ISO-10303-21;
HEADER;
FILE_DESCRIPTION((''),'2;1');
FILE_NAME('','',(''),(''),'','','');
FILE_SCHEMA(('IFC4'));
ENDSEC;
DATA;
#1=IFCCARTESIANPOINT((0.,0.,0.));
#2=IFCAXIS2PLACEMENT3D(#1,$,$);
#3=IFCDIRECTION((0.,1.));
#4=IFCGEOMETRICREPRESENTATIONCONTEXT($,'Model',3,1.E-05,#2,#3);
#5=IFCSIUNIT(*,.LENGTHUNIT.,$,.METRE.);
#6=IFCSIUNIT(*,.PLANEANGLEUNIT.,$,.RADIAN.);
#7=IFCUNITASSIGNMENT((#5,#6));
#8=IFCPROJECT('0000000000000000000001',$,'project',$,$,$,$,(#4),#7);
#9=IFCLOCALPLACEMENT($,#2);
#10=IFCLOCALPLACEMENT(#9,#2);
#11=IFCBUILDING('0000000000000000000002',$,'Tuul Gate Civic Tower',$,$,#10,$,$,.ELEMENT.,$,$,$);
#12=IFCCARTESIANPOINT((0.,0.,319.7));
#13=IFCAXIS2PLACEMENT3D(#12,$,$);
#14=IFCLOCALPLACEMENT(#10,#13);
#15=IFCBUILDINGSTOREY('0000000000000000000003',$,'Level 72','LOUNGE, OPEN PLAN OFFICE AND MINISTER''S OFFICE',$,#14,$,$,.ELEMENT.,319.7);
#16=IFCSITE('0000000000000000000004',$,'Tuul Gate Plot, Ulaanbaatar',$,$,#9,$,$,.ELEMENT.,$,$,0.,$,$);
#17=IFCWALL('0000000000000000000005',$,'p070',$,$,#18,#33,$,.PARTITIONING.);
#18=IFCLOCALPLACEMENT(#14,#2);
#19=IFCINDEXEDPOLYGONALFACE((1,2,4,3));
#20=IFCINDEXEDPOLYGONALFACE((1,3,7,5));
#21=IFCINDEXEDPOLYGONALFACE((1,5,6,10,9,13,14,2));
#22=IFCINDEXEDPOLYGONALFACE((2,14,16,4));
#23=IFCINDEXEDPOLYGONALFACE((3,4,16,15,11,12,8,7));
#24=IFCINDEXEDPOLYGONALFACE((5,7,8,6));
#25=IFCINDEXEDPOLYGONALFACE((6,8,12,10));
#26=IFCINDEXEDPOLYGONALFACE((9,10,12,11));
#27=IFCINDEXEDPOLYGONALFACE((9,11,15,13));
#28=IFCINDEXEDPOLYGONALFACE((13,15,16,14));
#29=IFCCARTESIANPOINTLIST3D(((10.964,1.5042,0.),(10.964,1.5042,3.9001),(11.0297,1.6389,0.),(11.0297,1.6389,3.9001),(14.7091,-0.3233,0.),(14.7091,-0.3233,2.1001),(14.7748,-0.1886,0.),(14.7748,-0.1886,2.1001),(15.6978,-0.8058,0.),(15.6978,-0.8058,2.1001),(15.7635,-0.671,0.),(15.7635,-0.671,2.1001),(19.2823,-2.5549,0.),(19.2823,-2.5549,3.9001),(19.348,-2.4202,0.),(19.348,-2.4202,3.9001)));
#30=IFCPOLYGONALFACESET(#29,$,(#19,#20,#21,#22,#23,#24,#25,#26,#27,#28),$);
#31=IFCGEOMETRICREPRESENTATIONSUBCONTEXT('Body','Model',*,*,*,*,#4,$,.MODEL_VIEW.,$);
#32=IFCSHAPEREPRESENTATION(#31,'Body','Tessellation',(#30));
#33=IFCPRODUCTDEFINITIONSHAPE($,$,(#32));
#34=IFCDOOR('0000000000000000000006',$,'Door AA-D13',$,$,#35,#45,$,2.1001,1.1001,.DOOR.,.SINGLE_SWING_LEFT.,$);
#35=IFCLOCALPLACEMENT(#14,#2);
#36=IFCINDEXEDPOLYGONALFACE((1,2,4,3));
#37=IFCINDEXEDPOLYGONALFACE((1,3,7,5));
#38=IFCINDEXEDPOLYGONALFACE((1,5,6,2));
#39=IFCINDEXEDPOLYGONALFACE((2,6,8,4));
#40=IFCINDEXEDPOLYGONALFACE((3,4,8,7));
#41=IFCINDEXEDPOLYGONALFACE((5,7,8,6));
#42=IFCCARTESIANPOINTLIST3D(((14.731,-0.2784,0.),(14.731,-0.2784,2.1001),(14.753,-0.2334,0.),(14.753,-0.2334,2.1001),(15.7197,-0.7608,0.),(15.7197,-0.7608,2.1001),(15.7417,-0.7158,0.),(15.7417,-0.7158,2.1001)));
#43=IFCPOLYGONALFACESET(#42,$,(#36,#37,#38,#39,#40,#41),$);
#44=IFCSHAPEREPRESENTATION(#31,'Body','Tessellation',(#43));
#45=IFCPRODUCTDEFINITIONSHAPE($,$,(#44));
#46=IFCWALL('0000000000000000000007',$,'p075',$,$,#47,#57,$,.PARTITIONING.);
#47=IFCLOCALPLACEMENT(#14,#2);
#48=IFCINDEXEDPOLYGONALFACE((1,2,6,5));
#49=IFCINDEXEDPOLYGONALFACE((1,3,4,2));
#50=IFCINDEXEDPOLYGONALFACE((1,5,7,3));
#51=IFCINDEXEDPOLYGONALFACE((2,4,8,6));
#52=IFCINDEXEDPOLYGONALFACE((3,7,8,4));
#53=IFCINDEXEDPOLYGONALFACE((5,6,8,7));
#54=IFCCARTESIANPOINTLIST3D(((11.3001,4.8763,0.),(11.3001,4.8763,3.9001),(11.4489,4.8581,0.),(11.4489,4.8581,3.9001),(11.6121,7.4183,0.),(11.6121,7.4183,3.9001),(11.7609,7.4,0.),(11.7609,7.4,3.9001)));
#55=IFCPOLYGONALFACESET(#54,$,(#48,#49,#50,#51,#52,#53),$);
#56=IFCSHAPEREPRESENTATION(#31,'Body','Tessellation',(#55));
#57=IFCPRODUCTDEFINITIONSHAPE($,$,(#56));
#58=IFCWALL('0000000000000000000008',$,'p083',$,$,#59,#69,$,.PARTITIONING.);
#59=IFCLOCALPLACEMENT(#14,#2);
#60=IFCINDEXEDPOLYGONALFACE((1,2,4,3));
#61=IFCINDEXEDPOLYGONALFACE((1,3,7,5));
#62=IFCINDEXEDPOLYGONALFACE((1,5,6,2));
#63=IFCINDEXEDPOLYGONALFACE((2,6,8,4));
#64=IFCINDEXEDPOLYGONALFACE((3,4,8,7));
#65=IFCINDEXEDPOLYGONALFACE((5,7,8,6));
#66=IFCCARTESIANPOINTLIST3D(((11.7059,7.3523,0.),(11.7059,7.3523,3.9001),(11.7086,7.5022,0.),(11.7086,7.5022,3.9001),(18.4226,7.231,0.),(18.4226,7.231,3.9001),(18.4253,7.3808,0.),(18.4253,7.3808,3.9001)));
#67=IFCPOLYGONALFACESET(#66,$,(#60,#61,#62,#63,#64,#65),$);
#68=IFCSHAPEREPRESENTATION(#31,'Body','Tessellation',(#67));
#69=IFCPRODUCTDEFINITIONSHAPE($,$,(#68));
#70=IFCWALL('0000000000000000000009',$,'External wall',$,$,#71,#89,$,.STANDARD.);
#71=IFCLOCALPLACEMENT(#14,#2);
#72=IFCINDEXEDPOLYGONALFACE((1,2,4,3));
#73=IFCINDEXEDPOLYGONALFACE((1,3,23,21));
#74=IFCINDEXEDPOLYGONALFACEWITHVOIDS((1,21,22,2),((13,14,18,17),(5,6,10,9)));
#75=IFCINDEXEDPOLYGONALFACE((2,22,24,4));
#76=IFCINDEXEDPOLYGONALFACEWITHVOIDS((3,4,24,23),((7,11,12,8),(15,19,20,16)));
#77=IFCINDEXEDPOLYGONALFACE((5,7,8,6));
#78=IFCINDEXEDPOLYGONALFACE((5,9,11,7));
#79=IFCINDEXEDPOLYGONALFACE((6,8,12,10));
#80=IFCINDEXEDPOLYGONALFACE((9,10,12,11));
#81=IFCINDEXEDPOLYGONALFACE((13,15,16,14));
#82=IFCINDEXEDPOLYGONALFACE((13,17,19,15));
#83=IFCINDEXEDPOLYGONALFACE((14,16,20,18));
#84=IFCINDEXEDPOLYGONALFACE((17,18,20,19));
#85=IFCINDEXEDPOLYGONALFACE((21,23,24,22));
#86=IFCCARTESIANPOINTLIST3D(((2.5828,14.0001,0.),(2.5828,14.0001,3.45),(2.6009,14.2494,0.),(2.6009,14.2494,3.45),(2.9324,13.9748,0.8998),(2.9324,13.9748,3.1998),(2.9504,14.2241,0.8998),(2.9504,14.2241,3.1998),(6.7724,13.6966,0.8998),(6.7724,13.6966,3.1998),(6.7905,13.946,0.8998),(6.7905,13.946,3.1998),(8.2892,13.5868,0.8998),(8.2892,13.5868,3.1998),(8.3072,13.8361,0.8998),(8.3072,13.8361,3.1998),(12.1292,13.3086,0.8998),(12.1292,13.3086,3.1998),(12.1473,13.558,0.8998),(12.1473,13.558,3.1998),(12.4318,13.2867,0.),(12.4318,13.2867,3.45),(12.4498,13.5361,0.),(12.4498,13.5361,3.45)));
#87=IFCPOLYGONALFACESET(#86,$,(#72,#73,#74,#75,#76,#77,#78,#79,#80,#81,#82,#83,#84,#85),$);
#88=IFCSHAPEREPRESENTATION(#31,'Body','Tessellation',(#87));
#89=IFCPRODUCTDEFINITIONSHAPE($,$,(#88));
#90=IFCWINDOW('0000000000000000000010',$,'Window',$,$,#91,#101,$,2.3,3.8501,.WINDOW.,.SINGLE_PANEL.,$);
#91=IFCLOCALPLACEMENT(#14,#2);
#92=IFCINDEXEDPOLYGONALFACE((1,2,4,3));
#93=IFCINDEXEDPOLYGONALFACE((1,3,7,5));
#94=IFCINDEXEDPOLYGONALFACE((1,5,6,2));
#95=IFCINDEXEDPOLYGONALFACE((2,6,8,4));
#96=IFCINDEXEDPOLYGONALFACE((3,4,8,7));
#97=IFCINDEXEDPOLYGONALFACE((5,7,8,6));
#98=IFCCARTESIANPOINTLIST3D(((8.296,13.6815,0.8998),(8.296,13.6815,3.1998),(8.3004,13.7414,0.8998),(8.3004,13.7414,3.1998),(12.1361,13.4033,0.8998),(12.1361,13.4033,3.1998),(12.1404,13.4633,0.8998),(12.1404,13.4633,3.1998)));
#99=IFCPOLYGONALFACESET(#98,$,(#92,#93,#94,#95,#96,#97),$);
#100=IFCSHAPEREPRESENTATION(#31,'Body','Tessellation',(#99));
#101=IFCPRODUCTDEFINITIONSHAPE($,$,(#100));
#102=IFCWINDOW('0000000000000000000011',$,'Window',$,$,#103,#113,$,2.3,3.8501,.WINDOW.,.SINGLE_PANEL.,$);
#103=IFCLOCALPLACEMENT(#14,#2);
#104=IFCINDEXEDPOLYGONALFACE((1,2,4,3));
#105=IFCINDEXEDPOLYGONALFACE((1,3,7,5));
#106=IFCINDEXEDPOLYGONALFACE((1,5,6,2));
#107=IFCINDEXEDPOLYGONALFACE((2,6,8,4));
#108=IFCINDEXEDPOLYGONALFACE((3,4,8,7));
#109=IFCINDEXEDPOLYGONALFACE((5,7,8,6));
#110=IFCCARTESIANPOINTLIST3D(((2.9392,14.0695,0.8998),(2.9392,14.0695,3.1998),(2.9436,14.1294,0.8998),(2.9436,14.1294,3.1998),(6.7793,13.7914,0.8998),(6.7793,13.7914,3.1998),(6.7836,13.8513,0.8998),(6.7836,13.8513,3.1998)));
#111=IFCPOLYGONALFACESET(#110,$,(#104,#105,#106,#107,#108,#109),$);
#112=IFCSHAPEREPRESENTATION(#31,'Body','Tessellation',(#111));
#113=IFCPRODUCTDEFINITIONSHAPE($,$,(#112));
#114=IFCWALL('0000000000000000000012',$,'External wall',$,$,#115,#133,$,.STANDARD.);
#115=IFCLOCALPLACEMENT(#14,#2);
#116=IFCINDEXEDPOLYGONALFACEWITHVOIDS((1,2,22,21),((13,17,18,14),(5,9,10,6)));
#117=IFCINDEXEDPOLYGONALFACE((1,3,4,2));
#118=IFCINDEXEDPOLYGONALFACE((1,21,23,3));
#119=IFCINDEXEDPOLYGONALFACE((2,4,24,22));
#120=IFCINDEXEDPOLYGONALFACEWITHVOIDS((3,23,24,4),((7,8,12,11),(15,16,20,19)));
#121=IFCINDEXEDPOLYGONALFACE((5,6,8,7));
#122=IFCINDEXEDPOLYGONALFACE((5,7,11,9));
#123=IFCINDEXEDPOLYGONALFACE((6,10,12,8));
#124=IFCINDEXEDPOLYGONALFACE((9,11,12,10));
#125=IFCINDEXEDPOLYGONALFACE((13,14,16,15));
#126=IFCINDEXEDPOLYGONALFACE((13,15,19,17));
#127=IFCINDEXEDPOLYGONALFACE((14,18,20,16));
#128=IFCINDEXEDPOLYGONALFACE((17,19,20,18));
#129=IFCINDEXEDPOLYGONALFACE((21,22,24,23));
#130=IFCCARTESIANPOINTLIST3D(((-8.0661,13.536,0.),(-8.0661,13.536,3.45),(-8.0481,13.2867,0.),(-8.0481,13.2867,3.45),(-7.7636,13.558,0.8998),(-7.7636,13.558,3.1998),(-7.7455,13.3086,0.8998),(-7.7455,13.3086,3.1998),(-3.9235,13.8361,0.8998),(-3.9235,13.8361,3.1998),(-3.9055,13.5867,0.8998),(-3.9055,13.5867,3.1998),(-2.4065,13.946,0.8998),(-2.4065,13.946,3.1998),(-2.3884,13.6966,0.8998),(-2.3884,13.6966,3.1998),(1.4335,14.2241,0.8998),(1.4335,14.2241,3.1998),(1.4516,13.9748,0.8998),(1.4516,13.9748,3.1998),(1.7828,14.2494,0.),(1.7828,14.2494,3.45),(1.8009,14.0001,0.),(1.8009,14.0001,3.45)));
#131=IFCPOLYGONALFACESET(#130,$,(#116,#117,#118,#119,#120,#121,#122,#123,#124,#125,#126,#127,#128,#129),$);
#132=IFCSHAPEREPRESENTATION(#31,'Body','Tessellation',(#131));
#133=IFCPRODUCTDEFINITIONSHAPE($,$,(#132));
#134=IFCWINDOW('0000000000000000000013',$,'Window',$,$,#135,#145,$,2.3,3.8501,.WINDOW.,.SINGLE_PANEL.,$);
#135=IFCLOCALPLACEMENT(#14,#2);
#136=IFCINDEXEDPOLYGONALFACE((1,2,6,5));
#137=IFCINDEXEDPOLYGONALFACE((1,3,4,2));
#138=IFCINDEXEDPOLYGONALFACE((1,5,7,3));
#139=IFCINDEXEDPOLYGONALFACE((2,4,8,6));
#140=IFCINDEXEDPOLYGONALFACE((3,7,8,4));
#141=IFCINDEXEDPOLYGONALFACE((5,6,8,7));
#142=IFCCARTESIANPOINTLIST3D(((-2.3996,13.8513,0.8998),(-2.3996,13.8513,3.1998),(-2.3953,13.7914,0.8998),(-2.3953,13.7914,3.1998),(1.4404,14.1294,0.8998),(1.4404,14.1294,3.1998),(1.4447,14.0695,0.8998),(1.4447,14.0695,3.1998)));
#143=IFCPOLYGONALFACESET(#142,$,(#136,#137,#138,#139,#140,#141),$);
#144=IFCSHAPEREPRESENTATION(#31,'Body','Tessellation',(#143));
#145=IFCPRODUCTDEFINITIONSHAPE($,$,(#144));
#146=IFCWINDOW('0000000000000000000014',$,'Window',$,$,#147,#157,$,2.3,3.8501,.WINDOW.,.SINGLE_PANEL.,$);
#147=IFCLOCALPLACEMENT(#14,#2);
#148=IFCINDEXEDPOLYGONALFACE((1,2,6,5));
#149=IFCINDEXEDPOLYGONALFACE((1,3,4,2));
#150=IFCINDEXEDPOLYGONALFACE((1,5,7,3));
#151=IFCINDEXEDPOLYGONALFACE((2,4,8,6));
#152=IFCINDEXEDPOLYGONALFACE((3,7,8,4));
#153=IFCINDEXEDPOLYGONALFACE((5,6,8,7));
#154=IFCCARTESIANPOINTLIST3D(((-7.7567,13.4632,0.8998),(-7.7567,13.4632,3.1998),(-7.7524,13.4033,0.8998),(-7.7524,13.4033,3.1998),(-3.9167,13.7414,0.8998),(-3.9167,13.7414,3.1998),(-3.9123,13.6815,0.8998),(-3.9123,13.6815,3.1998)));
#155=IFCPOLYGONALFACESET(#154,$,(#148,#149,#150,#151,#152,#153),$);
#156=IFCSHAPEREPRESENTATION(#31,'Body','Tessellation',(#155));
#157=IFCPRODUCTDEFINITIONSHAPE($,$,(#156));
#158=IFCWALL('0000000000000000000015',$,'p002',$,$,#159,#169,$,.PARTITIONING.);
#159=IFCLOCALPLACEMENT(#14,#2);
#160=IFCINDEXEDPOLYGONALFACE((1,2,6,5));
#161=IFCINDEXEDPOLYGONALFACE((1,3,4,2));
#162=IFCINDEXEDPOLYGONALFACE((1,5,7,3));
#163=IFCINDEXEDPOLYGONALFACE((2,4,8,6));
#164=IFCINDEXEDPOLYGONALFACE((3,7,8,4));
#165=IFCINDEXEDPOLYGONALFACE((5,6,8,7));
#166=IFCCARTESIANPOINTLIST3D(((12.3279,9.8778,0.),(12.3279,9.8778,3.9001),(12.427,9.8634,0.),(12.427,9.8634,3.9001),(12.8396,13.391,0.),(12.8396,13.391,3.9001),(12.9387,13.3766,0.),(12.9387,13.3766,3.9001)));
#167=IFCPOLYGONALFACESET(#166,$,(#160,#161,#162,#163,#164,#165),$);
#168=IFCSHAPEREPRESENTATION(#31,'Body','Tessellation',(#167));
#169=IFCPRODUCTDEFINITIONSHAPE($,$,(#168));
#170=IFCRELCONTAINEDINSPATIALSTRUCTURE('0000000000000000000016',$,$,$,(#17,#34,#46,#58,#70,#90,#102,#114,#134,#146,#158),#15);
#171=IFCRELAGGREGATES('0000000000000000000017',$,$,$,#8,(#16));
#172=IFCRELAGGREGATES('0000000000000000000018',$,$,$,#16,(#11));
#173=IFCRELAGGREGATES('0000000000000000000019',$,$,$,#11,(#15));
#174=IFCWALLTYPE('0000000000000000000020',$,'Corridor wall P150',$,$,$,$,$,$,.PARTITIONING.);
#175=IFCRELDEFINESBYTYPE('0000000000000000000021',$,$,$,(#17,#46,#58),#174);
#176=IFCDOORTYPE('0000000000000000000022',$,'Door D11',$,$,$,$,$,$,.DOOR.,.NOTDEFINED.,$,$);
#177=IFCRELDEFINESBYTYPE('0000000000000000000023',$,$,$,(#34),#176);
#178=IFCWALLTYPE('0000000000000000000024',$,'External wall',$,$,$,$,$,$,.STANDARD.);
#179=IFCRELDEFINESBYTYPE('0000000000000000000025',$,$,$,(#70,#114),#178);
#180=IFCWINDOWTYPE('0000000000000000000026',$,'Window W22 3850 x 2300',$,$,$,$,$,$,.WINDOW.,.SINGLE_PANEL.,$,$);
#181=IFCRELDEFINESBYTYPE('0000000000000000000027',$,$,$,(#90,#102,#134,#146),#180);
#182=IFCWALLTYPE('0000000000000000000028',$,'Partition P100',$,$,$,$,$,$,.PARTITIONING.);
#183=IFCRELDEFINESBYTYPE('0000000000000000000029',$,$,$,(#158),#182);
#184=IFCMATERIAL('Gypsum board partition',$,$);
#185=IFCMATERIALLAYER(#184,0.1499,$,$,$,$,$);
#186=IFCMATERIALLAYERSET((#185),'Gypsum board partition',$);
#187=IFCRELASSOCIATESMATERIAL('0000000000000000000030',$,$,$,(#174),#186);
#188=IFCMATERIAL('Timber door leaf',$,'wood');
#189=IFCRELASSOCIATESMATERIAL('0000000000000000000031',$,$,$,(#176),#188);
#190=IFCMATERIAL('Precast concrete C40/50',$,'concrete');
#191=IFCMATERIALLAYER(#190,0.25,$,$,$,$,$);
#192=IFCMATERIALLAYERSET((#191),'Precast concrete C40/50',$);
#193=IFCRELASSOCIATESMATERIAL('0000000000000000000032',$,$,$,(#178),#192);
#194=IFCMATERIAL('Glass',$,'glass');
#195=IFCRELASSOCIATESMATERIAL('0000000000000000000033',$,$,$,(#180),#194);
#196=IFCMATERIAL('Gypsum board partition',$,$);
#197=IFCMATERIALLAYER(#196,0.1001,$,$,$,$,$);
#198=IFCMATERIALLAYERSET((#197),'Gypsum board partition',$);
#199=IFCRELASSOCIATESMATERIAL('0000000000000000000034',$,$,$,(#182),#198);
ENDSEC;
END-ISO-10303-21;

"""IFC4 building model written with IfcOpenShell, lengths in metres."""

from ifc_helpers import new_model, si_unit, direction, frame, frame_2d, origin, place, context, subcontext, project, spatial, rectangle, extrude, material, layer, layer_set, type_object, element, fill, save


model = new_model("IFC4")

# Units and contexts
model_context = context("Model", 3, precision=1e-05, world=origin(), true_north=direction((0.0, 1.0)))
body_context = subcontext(model_context, "Body", "Model", "MODEL_VIEW")
ifc_project = project(units=[si_unit("LENGTHUNIT", "METRE"), si_unit("PLANEANGLEUNIT", "RADIAN")], contexts=[model_context])

# Site, building, storey
site_placement = place(None, origin())
site = spatial("IfcSite", under=ifc_project, at=site_placement, Name="Tuul Gate Plot, Ulaanbaatar", CompositionType="ELEMENT", RefElevation=0.0)
building_placement = place(site_placement, origin())
building = spatial("IfcBuilding", under=site, at=building_placement, Name="Tuul Gate Civic Tower", CompositionType="ELEMENT")
storey_placement = place(building_placement, frame((0.0, 0.0, 319.7)))
storey = spatial("IfcBuildingStorey", under=building, at=storey_placement, Name="Level 72", Description="LOUNGE, OPEN PLAN OFFICE AND MINISTER'S OFFICE", CompositionType="ELEMENT", Elevation=319.7)

# Shared definitions
ifc_material_1 = material(Name="Gypsum board partition")
ifc_layer_1 = layer(ifc_material_1, 0.1499)
ifc_layer_set_1 = layer_set([ifc_layer_1], Name="Gypsum board partition")
wall_type_1 = type_object("IfcWallType", Name="Corridor wall P150", PredefinedType="PARTITIONING", material=ifc_layer_set_1)

# Shared definitions
ifc_material_2 = material(Name="Timber door leaf", Category="wood")
door_type_1 = type_object("IfcDoorType", Name="Door D11", OperationType="NOTDEFINED", PredefinedType="DOOR", material=ifc_material_2)

# Wall, opening, door
wall_1_placement = place(storey_placement, frame((10.9968, 1.5715, 0.0), z_axis=(0.0, 0.0, 1.0), x_axis=(0.898711, -0.438541, 0.0)))
wall_1 = element("IfcWall", 1, at=wall_1_placement, inside=storey, type_object=wall_type_1, Name="p070", PredefinedType="PARTITIONING", context=body_context, shape_type="SweptSolid", body=[
    extrude(rectangle(XDim=9.2559, YDim=0.1499, at=frame_2d((4.6279, 0.0))), origin(), (0.0, 0.0, 1.0), 3.9001),
])
opening_1_placement = place(wall_1_placement, frame((4.1672, 0.0, 0.0)))
opening_1 = element("IfcOpeningElement", 2, at=opening_1_placement, cuts=wall_1, PredefinedType="OPENING", context=body_context, shape_type="SweptSolid", body=[
    extrude(rectangle(XDim=1.1001, YDim=2.1001, at=frame_2d((0.55, 1.05))), frame((0.0, 0.085, 0.0), z_axis=(0.0, -1.0, 0.0), x_axis=(1.0, 0.0, 0.0)), (0.0, 0.0, 1.0), 0.1699),
])
door_1_placement = place(opening_1_placement, frame((1.1001, 0.0, 0.0), z_axis=(0.0, 0.0, 1.0), x_axis=(-1.0, 0.0, 0.0)))
door_1 = element("IfcDoor", 3, at=door_1_placement, inside=storey, type_object=door_type_1, Name="Door AA-D13", OperationType="SINGLE_SWING_LEFT", OverallHeight=2.1001, OverallWidth=1.1001, PredefinedType="DOOR", context=body_context, shape_type="SweptSolid", body=[
    extrude(rectangle(XDim=1.1001, YDim=2.1001, at=frame_2d((0.55, 1.05))), frame((0.0, 0.0249, 0.0), z_axis=(0.0, -1.0, 0.0), x_axis=(1.0, 0.0, 0.0)), (0.0, 0.0, 1.0), 0.05),
])
fill(opening_1, door_1)

# Walls
wall_2_placement = place(storey_placement, frame((11.3745, 4.8672, 0.0), z_axis=(0.0, 0.0, 1.0), x_axis=(0.121829, 0.992551, 0.0)))
element("IfcWall", 4, at=wall_2_placement, inside=storey, type_object=wall_type_1, Name="p075", PredefinedType="PARTITIONING", context=body_context, shape_type="SweptSolid", body=[
    extrude(rectangle(XDim=2.561, YDim=0.1499, at=frame_2d((1.2805, 0.0))), origin(), (0.0, 0.0, 1.0), 3.9001),
])
wall_3_placement = place(storey_placement, frame((11.7073, 7.4272, 0.0), z_axis=(0.0, 0.0, 1.0), x_axis=(0.999837, -0.018062, 0.0)))
element("IfcWall", 5, at=wall_3_placement, inside=storey, type_object=wall_type_1, Name="p083", PredefinedType="PARTITIONING", context=body_context, shape_type="SweptSolid", body=[
    extrude(rectangle(XDim=6.7178, YDim=0.1499, at=frame_2d((3.3589, 0.0))), origin(), (0.0, 0.0, 1.0), 3.9001),
])

# Walls, openings, windows
ifc_material_3 = material(Name="Precast concrete C40/50", Category="concrete")
ifc_layer_2 = layer(ifc_material_3, 0.25)
ifc_layer_set_2 = layer_set([ifc_layer_2], Name="Precast concrete C40/50")
wall_type_2 = type_object("IfcWallType", Name="External wall", PredefinedType="STANDARD", material=ifc_layer_set_2)
wall_4_placement = place(storey_placement, frame((12.4409, 13.4114, 0.0), z_axis=(0.0, 0.0, 1.0), x_axis=(-0.997387, 0.072243, 0.0)))
wall_4 = element("IfcWall", 6, at=wall_4_placement, inside=storey, type_object=wall_type_2, Name="External wall", PredefinedType="STANDARD", context=body_context, shape_type="SweptSolid", body=[
    extrude(rectangle(XDim=9.8748, YDim=0.25, at=frame_2d((4.9375, 0.0))), origin(), (0.0, 0.0, 1.0), 3.45),
])
opening_2_placement = place(wall_4_placement, frame((0.3035, 0.0, 0.8999)))
opening_2 = element("IfcOpeningElement", 7, at=opening_2_placement, cuts=wall_4, PredefinedType="OPENING", context=body_context, shape_type="SweptSolid", body=[
    extrude(rectangle(XDim=3.8501, YDim=2.3, at=frame_2d((1.925, 1.1499))), frame((0.0, 0.135, 0.0), z_axis=(0.0, -1.0, 0.0), x_axis=(1.0, 0.0, 0.0)), (0.0, 0.0, 1.0), 0.27),
])
opening_3_placement = place(wall_4_placement, frame((5.6743, 0.0, 0.8999)))
opening_3 = element("IfcOpeningElement", 8, at=opening_3_placement, cuts=wall_4, PredefinedType="OPENING", context=body_context, shape_type="SweptSolid", body=[
    extrude(rectangle(XDim=3.8501, YDim=2.3, at=frame_2d((1.925, 1.1499))), frame((0.0, 0.135, 0.0), z_axis=(0.0, -1.0, 0.0), x_axis=(1.0, 0.0, 0.0)), (0.0, 0.0, 1.0), 0.27),
])
ifc_material_4 = material(Name="Glass", Category="glass")
window_type = type_object("IfcWindowType", Name="Window W22 3850 x 2300", PartitioningType="SINGLE_PANEL", PredefinedType="WINDOW", material=ifc_material_4)
window_1_placement = place(opening_2_placement, origin())
window_1 = element("IfcWindow", 9, at=window_1_placement, inside=storey, type_object=window_type, Name="Window", OverallHeight=2.3, OverallWidth=3.8501, PartitioningType="SINGLE_PANEL", PredefinedType="WINDOW", context=body_context, shape_type="SweptSolid", body=[
    extrude(rectangle(XDim=3.8501, YDim=2.3, at=frame_2d((1.925, 1.1499))), frame((0.0, 0.03, 0.0), z_axis=(0.0, -1.0, 0.0), x_axis=(1.0, 0.0, 0.0)), (0.0, 0.0, 1.0), 0.0601),
])
fill(opening_2, window_1)
window_2_placement = place(opening_3_placement, origin())
window_2 = element("IfcWindow", 10, at=window_2_placement, inside=storey, type_object=window_type, Name="Window", OverallHeight=2.3, OverallWidth=3.8501, PartitioningType="SINGLE_PANEL", PredefinedType="WINDOW", context=body_context, shape_type="SweptSolid", body=[
    extrude(rectangle(XDim=3.8501, YDim=2.3, at=frame_2d((1.925, 1.1499))), frame((0.0, 0.03, 0.0), z_axis=(0.0, -1.0, 0.0), x_axis=(1.0, 0.0, 0.0)), (0.0, 0.0, 1.0), 0.0601),
])
fill(opening_3, window_2)
wall_5_placement = place(storey_placement, frame((1.792, 14.1248, 0.0), z_axis=(0.0, 0.0, 1.0), x_axis=(-0.997387, -0.072243, 0.0)))
wall_5 = element("IfcWall", 11, at=wall_5_placement, inside=storey, type_object=wall_type_2, Name="External wall", PredefinedType="STANDARD", context=body_context, shape_type="SweptSolid", body=[
    extrude(rectangle(XDim=9.8748, YDim=0.25, at=frame_2d((4.9375, 0.0))), origin(), (0.0, 0.0, 1.0), 3.45),
])
opening_4_placement = place(wall_5_placement, frame((0.3503, 0.0, 0.8999)))
opening_4 = element("IfcOpeningElement", 12, at=opening_4_placement, cuts=wall_5, PredefinedType="OPENING", context=body_context, shape_type="SweptSolid", body=[
    extrude(rectangle(XDim=3.8501, YDim=2.3, at=frame_2d((1.925, 1.1499))), frame((0.0, 0.135, 0.0), z_axis=(0.0, -1.0, 0.0), x_axis=(1.0, 0.0, 0.0)), (0.0, 0.0, 1.0), 0.27),
])
opening_5_placement = place(wall_5_placement, frame((5.7214, 0.0, 0.8999)))
opening_5 = element("IfcOpeningElement", 13, at=opening_5_placement, cuts=wall_5, PredefinedType="OPENING", context=body_context, shape_type="SweptSolid", body=[
    extrude(rectangle(XDim=3.8501, YDim=2.3, at=frame_2d((1.925, 1.1499))), frame((0.0, 0.135, 0.0), z_axis=(0.0, -1.0, 0.0), x_axis=(1.0, 0.0, 0.0)), (0.0, 0.0, 1.0), 0.27),
])
window_3_placement = place(opening_4_placement, origin())
window_3 = element("IfcWindow", 14, at=window_3_placement, inside=storey, type_object=window_type, Name="Window", OverallHeight=2.3, OverallWidth=3.8501, PartitioningType="SINGLE_PANEL", PredefinedType="WINDOW", context=body_context, shape_type="SweptSolid", body=[
    extrude(rectangle(XDim=3.8501, YDim=2.3, at=frame_2d((1.925, 1.1499))), frame((0.0, 0.03, 0.0), z_axis=(0.0, -1.0, 0.0), x_axis=(1.0, 0.0, 0.0)), (0.0, 0.0, 1.0), 0.0601),
])
fill(opening_4, window_3)
window_4_placement = place(opening_5_placement, origin())
window_4 = element("IfcWindow", 15, at=window_4_placement, inside=storey, type_object=window_type, Name="Window", OverallHeight=2.3, OverallWidth=3.8501, PartitioningType="SINGLE_PANEL", PredefinedType="WINDOW", context=body_context, shape_type="SweptSolid", body=[
    extrude(rectangle(XDim=3.8501, YDim=2.3, at=frame_2d((1.925, 1.1499))), frame((0.0, 0.03, 0.0), z_axis=(0.0, -1.0, 0.0), x_axis=(1.0, 0.0, 0.0)), (0.0, 0.0, 1.0), 0.0601),
])
fill(opening_5, window_4)

# Wall
ifc_material_5 = material(Name="Gypsum board partition")
ifc_layer_3 = layer(ifc_material_5, 0.1001)
ifc_layer_set_3 = layer_set([ifc_layer_3], Name="Gypsum board partition")
wall_type_3 = type_object("IfcWallType", Name="Partition P100", PredefinedType="PARTITIONING", material=ifc_layer_set_3)
wall_6_placement = place(storey_placement, frame((12.3774, 9.8706, 0.0), z_axis=(0.0, 0.0, 1.0), x_axis=(0.144136, 0.989558, 0.0)))
element("IfcWall", 16, at=wall_6_placement, inside=storey, type_object=wall_type_3, Name="p002", PredefinedType="PARTITIONING", context=body_context, shape_type="SweptSolid", body=[
    extrude(rectangle(XDim=3.5503, YDim=0.1001, at=frame_2d((1.7751, 0.0))), origin(), (0.0, 0.0, 1.0), 3.9001),
])

save(model, "model.ifc")
